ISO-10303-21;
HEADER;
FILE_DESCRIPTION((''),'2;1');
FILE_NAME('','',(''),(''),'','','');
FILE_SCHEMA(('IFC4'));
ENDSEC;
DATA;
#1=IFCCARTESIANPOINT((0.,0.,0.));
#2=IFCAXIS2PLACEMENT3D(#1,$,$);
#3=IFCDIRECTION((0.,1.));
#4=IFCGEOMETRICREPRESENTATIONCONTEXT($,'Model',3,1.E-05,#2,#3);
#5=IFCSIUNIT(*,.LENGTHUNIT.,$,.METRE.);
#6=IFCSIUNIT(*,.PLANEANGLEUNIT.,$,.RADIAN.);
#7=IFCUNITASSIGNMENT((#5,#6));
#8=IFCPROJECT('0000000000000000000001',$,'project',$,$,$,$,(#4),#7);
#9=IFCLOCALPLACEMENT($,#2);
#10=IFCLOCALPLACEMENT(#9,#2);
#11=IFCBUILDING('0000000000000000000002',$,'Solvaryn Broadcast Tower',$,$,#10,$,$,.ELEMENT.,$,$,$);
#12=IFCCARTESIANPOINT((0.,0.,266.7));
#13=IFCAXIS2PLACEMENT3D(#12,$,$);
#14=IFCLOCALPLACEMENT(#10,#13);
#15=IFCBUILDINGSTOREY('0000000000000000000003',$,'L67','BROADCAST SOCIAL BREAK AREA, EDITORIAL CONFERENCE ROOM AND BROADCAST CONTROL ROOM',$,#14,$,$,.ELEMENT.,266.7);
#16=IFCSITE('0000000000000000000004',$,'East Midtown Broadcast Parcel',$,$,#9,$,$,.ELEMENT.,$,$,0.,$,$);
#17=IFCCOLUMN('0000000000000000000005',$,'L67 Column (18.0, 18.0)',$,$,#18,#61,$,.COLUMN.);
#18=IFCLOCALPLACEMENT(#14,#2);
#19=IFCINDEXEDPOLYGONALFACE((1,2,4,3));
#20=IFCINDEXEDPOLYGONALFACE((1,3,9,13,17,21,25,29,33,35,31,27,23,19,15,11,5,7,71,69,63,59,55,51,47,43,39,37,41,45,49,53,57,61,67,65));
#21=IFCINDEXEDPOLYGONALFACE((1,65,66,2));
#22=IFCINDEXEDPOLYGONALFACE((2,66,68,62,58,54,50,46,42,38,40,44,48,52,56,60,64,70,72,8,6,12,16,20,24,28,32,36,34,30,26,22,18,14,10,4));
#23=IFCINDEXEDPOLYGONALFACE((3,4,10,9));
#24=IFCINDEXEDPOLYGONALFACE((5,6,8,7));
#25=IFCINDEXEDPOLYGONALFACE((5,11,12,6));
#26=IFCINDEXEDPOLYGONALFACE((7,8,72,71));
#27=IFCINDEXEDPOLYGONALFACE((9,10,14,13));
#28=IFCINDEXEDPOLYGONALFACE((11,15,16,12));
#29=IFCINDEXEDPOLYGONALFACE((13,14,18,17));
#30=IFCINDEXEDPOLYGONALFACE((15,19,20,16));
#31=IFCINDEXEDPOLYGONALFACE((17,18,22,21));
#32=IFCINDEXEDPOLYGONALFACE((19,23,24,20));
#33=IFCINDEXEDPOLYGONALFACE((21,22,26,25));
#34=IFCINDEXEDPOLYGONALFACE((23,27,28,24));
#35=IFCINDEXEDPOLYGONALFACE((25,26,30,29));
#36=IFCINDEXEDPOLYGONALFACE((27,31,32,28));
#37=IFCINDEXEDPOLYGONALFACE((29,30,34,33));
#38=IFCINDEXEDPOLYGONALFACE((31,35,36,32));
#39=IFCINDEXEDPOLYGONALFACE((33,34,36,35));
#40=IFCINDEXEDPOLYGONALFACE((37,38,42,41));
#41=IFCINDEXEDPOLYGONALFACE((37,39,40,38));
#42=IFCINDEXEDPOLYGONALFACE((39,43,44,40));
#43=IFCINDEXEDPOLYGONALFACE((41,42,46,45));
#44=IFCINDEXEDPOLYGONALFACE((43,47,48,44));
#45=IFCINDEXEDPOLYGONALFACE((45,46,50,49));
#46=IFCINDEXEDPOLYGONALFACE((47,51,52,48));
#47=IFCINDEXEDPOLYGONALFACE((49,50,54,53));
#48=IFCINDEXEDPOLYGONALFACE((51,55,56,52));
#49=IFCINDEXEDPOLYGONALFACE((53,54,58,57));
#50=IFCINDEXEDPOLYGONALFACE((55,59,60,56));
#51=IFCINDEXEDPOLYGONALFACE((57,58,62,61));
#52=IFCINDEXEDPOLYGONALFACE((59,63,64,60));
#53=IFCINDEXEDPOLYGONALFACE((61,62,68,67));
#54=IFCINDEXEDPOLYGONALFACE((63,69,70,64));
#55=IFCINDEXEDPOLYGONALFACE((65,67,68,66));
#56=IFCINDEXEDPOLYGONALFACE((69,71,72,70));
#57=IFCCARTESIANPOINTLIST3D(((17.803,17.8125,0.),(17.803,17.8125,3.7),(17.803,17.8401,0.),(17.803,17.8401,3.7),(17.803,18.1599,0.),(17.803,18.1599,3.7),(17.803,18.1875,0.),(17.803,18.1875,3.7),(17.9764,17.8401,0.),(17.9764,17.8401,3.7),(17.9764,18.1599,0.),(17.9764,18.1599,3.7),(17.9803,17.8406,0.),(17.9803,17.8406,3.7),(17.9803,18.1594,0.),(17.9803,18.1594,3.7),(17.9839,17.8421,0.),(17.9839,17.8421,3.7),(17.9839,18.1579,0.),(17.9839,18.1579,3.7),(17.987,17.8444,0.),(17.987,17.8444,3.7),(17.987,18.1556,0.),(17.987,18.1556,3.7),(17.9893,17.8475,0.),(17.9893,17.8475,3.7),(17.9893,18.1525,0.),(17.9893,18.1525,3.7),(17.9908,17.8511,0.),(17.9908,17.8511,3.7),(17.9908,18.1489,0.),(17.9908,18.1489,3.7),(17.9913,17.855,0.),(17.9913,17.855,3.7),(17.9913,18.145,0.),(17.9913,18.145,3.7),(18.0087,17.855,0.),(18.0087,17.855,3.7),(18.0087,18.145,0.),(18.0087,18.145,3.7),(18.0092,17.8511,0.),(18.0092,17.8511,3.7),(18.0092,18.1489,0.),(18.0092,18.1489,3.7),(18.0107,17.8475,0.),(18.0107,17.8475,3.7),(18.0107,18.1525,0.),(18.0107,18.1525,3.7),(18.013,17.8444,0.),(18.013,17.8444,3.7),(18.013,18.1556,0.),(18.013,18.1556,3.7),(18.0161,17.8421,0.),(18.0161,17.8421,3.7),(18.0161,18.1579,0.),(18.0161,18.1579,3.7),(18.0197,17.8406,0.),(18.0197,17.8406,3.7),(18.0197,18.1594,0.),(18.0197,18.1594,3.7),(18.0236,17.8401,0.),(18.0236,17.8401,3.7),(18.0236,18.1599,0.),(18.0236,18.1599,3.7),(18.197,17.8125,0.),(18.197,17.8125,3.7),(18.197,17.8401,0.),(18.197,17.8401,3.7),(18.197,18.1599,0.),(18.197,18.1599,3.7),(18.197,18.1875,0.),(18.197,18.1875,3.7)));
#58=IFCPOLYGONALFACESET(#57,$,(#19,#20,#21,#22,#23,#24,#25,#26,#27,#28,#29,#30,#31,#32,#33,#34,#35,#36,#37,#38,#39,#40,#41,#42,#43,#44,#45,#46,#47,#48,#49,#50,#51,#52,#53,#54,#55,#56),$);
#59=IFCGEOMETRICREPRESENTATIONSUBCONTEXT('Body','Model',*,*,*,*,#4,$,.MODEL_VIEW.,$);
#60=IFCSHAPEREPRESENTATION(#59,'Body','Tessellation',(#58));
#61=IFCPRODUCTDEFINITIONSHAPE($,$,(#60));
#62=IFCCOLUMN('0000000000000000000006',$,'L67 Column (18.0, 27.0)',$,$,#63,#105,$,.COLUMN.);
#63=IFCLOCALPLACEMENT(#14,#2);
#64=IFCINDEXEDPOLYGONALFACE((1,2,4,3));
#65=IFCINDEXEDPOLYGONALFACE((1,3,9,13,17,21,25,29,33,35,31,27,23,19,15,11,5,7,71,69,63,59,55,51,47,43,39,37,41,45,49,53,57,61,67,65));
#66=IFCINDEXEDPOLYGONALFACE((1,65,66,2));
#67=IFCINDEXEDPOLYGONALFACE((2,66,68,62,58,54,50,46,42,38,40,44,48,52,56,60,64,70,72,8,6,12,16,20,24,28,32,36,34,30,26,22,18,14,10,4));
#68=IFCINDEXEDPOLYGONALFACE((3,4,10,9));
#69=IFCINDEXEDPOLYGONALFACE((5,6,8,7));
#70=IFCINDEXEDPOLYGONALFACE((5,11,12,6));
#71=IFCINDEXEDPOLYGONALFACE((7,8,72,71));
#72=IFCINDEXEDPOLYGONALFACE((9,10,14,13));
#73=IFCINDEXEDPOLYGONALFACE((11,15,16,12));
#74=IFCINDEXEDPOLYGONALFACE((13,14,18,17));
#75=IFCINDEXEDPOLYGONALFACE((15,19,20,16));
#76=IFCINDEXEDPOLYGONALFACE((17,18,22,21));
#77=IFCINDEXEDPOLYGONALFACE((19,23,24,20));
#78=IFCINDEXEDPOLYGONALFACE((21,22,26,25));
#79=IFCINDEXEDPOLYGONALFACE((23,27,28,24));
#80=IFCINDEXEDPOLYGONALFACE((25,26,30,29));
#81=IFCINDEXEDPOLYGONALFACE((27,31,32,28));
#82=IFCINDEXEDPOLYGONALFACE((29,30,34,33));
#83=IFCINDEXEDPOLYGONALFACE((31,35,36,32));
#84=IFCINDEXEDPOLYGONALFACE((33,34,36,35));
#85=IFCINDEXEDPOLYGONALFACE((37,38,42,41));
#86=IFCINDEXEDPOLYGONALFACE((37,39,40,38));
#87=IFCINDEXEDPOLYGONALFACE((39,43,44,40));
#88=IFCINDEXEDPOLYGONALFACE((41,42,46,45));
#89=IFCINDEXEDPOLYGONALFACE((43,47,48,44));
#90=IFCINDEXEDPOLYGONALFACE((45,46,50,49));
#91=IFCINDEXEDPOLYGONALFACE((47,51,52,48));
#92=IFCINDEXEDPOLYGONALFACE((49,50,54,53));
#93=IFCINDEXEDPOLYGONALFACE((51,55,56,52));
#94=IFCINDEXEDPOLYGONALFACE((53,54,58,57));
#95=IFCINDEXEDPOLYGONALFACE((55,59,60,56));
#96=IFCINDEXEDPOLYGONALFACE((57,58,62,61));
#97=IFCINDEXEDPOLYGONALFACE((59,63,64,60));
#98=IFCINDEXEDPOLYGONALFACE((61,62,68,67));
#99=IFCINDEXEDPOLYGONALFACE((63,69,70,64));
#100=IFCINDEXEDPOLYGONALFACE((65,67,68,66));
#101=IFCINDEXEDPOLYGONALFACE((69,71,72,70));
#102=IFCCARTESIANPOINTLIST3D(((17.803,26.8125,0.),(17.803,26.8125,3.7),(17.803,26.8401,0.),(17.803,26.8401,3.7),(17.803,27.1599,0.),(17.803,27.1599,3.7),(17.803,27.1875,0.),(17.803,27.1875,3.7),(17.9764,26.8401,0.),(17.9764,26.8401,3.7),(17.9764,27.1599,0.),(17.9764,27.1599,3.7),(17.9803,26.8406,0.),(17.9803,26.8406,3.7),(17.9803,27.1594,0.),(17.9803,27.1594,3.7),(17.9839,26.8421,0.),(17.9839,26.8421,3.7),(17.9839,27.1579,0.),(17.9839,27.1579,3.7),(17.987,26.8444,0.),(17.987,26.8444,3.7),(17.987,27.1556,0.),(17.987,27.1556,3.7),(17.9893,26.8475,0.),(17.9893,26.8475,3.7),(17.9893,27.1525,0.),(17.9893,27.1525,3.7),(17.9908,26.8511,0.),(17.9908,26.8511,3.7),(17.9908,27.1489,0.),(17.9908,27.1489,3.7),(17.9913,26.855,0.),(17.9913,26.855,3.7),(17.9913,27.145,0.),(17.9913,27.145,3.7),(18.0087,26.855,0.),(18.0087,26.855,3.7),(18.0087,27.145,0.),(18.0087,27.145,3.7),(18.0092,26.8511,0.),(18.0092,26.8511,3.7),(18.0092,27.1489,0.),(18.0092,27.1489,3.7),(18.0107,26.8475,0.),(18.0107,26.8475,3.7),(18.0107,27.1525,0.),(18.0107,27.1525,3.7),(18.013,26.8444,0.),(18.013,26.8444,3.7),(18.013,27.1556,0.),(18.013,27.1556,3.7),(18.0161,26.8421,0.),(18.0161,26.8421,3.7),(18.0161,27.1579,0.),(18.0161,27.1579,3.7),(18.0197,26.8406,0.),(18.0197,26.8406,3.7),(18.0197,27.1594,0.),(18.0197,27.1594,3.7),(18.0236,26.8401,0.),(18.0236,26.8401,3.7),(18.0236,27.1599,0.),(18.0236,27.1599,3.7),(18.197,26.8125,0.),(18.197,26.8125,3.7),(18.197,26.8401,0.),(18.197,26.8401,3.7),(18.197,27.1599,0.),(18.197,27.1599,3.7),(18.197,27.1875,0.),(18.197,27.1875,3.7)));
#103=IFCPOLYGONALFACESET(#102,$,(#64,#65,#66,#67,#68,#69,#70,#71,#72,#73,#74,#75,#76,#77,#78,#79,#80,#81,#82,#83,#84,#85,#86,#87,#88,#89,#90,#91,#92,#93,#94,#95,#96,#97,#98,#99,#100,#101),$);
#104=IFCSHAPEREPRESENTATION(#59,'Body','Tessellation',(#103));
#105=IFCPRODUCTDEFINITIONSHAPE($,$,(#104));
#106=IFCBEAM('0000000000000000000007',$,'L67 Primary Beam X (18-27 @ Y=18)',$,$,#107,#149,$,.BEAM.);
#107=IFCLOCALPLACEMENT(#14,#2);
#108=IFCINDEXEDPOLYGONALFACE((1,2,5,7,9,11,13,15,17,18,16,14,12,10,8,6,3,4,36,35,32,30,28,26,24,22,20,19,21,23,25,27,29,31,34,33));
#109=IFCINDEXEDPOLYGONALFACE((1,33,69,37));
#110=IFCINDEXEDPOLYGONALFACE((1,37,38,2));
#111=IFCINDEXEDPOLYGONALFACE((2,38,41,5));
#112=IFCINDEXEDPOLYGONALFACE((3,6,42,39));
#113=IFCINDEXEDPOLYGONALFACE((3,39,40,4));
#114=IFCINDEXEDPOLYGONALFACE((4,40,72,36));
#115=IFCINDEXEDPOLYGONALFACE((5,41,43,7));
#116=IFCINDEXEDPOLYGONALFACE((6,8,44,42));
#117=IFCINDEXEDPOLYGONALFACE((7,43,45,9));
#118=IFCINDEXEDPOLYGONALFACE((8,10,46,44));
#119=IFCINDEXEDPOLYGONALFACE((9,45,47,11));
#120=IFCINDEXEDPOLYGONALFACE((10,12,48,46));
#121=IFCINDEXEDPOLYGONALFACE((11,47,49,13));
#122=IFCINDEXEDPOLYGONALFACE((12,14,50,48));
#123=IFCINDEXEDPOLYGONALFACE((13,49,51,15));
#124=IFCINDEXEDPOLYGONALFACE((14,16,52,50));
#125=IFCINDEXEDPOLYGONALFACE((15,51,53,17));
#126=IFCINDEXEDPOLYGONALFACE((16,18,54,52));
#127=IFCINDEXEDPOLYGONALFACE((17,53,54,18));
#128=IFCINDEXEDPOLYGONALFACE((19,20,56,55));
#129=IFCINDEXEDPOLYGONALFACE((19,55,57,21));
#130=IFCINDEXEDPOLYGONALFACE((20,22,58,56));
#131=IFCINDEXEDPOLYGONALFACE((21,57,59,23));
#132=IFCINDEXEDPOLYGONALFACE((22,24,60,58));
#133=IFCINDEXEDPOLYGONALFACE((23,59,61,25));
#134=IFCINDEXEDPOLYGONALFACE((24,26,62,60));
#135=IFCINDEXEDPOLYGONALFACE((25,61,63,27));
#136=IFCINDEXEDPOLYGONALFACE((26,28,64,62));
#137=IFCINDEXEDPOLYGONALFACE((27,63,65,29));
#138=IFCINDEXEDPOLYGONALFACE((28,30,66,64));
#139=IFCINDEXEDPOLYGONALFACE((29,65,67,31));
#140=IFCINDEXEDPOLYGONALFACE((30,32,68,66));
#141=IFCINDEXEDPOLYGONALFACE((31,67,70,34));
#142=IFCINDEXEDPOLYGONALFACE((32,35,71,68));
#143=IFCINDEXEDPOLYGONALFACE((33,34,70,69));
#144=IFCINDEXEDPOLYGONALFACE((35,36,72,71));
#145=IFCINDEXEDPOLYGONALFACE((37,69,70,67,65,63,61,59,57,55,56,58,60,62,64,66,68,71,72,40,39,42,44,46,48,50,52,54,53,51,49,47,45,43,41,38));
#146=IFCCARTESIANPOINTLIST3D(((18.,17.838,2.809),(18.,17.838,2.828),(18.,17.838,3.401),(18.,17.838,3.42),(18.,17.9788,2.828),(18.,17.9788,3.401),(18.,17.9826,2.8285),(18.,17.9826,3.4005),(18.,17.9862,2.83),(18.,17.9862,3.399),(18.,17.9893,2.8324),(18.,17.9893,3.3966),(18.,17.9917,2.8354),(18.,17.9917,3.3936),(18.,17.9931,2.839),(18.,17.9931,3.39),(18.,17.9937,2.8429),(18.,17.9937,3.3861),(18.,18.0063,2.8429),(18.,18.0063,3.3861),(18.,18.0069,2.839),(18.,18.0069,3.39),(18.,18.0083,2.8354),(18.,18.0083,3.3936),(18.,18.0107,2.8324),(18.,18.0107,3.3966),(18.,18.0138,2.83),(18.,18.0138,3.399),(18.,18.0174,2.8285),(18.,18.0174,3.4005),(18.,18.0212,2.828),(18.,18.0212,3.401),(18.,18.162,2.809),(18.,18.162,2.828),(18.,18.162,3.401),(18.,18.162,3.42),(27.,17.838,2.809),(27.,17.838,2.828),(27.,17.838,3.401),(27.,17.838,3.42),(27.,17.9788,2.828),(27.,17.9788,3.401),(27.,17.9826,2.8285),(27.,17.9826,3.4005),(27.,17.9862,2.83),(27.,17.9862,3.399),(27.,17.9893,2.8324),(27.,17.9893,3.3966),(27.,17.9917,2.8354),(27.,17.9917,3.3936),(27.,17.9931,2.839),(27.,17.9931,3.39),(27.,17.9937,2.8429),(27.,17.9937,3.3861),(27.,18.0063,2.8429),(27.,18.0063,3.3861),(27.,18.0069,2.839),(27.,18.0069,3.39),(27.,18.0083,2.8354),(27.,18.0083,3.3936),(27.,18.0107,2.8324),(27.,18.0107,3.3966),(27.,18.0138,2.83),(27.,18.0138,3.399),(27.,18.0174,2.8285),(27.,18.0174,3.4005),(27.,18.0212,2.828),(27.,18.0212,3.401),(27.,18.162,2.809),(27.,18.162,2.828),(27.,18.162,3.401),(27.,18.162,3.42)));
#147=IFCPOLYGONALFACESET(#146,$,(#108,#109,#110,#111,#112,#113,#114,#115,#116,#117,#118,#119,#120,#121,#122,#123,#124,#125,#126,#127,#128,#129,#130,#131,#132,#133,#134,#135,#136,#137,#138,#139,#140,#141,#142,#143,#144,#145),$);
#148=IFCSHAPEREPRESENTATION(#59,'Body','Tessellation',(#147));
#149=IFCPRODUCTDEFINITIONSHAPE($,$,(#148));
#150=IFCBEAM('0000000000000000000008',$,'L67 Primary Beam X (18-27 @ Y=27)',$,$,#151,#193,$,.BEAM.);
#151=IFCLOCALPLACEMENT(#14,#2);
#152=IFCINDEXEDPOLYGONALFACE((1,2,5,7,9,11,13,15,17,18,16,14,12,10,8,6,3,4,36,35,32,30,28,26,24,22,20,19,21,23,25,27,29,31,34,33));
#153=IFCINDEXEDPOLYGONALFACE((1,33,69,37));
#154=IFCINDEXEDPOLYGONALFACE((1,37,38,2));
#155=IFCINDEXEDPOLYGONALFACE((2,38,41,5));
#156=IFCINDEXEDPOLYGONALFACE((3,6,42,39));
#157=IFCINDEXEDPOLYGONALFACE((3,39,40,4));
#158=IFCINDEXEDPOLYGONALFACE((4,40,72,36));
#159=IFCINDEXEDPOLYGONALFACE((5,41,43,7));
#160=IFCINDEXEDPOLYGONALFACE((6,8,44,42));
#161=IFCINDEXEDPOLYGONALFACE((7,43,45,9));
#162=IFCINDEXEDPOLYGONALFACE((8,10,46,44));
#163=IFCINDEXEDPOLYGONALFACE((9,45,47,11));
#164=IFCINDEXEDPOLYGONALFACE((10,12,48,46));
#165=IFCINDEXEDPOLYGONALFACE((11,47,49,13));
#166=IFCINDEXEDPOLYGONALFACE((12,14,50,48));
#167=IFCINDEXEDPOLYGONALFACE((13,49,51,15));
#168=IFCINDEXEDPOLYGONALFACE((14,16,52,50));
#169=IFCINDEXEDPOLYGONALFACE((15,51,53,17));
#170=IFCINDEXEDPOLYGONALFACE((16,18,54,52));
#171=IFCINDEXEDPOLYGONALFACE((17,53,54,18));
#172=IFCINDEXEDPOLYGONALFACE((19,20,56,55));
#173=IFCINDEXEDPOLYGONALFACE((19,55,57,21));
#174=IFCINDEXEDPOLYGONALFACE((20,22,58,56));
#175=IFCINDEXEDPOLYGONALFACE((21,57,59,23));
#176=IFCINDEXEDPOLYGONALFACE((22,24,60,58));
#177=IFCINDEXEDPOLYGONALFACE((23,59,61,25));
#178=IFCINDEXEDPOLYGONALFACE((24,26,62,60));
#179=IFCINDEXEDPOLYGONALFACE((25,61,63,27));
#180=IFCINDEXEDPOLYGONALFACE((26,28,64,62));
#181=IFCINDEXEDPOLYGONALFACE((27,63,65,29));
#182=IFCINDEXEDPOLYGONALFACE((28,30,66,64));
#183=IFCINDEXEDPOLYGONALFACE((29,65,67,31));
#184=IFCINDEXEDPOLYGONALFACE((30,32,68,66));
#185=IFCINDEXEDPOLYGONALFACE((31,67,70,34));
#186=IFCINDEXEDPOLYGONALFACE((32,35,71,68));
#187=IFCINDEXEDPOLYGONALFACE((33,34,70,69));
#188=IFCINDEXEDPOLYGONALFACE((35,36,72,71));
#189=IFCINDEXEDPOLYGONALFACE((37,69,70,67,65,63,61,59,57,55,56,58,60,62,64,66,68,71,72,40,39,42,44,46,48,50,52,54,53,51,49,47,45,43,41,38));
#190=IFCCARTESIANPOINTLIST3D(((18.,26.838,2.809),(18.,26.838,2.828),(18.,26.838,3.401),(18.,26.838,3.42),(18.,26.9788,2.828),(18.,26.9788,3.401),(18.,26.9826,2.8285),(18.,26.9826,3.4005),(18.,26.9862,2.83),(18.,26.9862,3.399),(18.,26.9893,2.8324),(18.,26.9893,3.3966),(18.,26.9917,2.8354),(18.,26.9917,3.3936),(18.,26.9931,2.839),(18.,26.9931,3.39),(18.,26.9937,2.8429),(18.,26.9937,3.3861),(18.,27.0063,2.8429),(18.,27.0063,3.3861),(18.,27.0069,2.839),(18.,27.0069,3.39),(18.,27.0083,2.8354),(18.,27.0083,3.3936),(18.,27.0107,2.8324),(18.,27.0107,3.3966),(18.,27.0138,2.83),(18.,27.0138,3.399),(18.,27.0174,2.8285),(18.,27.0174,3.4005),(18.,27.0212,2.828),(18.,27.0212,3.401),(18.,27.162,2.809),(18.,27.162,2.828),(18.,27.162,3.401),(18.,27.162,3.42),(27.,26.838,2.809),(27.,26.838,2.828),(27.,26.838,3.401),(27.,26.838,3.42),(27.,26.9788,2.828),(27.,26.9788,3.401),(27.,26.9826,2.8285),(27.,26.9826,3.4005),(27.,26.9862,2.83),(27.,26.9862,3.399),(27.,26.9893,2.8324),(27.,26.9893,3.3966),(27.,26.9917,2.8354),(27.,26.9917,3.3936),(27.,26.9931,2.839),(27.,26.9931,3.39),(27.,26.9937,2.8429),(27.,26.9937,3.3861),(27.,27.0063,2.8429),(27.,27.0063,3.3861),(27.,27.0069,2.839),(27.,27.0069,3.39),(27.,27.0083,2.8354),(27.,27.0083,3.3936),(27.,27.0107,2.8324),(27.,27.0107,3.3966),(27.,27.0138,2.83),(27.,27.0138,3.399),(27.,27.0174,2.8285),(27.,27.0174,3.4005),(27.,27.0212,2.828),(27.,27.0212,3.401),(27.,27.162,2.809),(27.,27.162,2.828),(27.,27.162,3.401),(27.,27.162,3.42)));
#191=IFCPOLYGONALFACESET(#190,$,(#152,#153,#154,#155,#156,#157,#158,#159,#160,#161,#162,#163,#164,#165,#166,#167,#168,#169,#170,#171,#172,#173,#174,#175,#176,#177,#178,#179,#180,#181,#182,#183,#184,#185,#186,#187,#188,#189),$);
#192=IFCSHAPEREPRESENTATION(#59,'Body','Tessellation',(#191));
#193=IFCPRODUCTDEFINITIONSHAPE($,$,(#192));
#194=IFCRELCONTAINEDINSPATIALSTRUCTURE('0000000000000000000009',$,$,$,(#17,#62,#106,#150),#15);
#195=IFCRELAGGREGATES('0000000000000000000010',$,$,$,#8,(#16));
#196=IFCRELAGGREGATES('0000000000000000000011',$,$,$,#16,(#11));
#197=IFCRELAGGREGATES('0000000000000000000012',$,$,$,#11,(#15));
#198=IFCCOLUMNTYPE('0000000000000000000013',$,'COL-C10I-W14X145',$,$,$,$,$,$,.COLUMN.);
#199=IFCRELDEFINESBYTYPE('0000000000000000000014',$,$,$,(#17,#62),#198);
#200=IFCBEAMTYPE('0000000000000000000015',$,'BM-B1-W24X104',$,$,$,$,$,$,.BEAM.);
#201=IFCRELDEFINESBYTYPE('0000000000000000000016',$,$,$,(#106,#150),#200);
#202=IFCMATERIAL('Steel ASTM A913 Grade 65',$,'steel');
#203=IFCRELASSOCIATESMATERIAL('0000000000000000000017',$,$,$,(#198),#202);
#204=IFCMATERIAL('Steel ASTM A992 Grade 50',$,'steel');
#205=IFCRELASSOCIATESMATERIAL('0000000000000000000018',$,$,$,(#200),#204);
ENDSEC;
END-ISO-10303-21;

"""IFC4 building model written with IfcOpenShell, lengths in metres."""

from ifc_helpers import new_model, si_unit, direction, frame, origin, origin_2d, place, context, subcontext, project, spatial, i_section, extrude, material, material_profile, profile_set, type_object, element, save


model = new_model("IFC4")

# Units and contexts
model_context = context("Model", 3, precision=1e-05, world=origin(), true_north=direction((0.0, 1.0)))
body_context = subcontext(model_context, "Body", "Model", "MODEL_VIEW")
ifc_project = project(units=[si_unit("LENGTHUNIT", "METRE"), si_unit("PLANEANGLEUNIT", "RADIAN")], contexts=[model_context])

# Site, building, storey
site_placement = place(None, origin())
site = spatial("IfcSite", under=ifc_project, at=site_placement, Name="East Midtown Broadcast Parcel", CompositionType="ELEMENT", RefElevation=0.0)
building_placement = place(site_placement, origin())
building = spatial("IfcBuilding", under=site, at=building_placement, Name="Solvaryn Broadcast Tower", CompositionType="ELEMENT")
storey_placement = place(building_placement, frame((0.0, 0.0, 266.7)))
storey = spatial("IfcBuildingStorey", under=building, at=storey_placement, Name="L67", Description="BROADCAST SOCIAL BREAK AREA, EDITORIAL CONFERENCE ROOM AND BROADCAST CONTROL ROOM", CompositionType="ELEMENT", Elevation=266.7)

# Columns
ifc_material_1 = material(Name="Steel ASTM A913 Grade 65", Category="steel")
ifc_material_profile_1 = material_profile(ifc_material_1, i_section(OverallWidth=0.394, OverallDepth=0.375, WebThickness=0.0173, FlangeThickness=0.0276, FilletRadius=0.0149, at=origin_2d()))
ifc_profile_set_1 = profile_set([ifc_material_profile_1], Name="Steel ASTM A913 Grade 65")
column_type = type_object("IfcColumnType", Name="COL-C10I-W14X145", PredefinedType="COLUMN", material=ifc_profile_set_1)
for number, where, z_axis, x_axis, name in (
    (1, (18.0, 18.0, 0.0), (0.0, 0.0, 1.0), (1.0, 0.0, 0.0), "L67 Column (18.0, 18.0)"),
    (2, (18.0, 27.0, 0.0), (0.0, 0.0, 1.0), (1.0, 0.0, 0.0), "L67 Column (18.0, 27.0)"),
):
    element("IfcColumn", number, at=place(storey_placement, frame(where, z_axis=z_axis, x_axis=x_axis)), inside=storey, type_object=column_type, Name=name, PredefinedType="COLUMN", context=body_context, shape_type="SweptSolid", body=[
        extrude(i_section(OverallWidth=0.394, OverallDepth=0.375, WebThickness=0.0173, FlangeThickness=0.0276, FilletRadius=0.0149, at=origin_2d()), origin(), (0.0, 0.0, 1.0), 3.7),
    ])

# Beams
ifc_material_2 = material(Name="Steel ASTM A992 Grade 50", Category="steel")
ifc_material_profile_2 = material_profile(ifc_material_2, i_section(OverallWidth=0.324, OverallDepth=0.6111, WebThickness=0.0127, FlangeThickness=0.019, FilletRadius=0.0149, at=origin_2d()))
ifc_profile_set_2 = profile_set([ifc_material_profile_2], Name="Steel ASTM A992 Grade 50")
beam_type_1 = type_object("IfcBeamType", Name="BM-B1-W24X104", PredefinedType="BEAM", material=ifc_profile_set_2)
for number, where, z_axis, x_axis, name in (
    (3, (18.0, 18.0, 3.1145), (1.0, 0.0, 0.0), (0.0, 1.0, 0.0), "L67 Primary Beam X (18-27 @ Y=18)"),
    (4, (18.0, 27.0, 3.1145), (1.0, 0.0, 0.0), (0.0, 1.0, 0.0), "L67 Primary Beam X (18-27 @ Y=27)"),
):
    element("IfcBeam", number, at=place(storey_placement, frame(where, z_axis=z_axis, x_axis=x_axis)), inside=storey, type_object=beam_type_1, Name=name, PredefinedType="BEAM", context=body_context, shape_type="SweptSolid", body=[
        extrude(i_section(OverallWidth=0.324, OverallDepth=0.6111, WebThickness=0.0127, FlangeThickness=0.019, FilletRadius=0.0149, at=origin_2d()), origin(), (0.0, 0.0, 1.0), 9.0),
    ])

save(model, "model.ifc")
